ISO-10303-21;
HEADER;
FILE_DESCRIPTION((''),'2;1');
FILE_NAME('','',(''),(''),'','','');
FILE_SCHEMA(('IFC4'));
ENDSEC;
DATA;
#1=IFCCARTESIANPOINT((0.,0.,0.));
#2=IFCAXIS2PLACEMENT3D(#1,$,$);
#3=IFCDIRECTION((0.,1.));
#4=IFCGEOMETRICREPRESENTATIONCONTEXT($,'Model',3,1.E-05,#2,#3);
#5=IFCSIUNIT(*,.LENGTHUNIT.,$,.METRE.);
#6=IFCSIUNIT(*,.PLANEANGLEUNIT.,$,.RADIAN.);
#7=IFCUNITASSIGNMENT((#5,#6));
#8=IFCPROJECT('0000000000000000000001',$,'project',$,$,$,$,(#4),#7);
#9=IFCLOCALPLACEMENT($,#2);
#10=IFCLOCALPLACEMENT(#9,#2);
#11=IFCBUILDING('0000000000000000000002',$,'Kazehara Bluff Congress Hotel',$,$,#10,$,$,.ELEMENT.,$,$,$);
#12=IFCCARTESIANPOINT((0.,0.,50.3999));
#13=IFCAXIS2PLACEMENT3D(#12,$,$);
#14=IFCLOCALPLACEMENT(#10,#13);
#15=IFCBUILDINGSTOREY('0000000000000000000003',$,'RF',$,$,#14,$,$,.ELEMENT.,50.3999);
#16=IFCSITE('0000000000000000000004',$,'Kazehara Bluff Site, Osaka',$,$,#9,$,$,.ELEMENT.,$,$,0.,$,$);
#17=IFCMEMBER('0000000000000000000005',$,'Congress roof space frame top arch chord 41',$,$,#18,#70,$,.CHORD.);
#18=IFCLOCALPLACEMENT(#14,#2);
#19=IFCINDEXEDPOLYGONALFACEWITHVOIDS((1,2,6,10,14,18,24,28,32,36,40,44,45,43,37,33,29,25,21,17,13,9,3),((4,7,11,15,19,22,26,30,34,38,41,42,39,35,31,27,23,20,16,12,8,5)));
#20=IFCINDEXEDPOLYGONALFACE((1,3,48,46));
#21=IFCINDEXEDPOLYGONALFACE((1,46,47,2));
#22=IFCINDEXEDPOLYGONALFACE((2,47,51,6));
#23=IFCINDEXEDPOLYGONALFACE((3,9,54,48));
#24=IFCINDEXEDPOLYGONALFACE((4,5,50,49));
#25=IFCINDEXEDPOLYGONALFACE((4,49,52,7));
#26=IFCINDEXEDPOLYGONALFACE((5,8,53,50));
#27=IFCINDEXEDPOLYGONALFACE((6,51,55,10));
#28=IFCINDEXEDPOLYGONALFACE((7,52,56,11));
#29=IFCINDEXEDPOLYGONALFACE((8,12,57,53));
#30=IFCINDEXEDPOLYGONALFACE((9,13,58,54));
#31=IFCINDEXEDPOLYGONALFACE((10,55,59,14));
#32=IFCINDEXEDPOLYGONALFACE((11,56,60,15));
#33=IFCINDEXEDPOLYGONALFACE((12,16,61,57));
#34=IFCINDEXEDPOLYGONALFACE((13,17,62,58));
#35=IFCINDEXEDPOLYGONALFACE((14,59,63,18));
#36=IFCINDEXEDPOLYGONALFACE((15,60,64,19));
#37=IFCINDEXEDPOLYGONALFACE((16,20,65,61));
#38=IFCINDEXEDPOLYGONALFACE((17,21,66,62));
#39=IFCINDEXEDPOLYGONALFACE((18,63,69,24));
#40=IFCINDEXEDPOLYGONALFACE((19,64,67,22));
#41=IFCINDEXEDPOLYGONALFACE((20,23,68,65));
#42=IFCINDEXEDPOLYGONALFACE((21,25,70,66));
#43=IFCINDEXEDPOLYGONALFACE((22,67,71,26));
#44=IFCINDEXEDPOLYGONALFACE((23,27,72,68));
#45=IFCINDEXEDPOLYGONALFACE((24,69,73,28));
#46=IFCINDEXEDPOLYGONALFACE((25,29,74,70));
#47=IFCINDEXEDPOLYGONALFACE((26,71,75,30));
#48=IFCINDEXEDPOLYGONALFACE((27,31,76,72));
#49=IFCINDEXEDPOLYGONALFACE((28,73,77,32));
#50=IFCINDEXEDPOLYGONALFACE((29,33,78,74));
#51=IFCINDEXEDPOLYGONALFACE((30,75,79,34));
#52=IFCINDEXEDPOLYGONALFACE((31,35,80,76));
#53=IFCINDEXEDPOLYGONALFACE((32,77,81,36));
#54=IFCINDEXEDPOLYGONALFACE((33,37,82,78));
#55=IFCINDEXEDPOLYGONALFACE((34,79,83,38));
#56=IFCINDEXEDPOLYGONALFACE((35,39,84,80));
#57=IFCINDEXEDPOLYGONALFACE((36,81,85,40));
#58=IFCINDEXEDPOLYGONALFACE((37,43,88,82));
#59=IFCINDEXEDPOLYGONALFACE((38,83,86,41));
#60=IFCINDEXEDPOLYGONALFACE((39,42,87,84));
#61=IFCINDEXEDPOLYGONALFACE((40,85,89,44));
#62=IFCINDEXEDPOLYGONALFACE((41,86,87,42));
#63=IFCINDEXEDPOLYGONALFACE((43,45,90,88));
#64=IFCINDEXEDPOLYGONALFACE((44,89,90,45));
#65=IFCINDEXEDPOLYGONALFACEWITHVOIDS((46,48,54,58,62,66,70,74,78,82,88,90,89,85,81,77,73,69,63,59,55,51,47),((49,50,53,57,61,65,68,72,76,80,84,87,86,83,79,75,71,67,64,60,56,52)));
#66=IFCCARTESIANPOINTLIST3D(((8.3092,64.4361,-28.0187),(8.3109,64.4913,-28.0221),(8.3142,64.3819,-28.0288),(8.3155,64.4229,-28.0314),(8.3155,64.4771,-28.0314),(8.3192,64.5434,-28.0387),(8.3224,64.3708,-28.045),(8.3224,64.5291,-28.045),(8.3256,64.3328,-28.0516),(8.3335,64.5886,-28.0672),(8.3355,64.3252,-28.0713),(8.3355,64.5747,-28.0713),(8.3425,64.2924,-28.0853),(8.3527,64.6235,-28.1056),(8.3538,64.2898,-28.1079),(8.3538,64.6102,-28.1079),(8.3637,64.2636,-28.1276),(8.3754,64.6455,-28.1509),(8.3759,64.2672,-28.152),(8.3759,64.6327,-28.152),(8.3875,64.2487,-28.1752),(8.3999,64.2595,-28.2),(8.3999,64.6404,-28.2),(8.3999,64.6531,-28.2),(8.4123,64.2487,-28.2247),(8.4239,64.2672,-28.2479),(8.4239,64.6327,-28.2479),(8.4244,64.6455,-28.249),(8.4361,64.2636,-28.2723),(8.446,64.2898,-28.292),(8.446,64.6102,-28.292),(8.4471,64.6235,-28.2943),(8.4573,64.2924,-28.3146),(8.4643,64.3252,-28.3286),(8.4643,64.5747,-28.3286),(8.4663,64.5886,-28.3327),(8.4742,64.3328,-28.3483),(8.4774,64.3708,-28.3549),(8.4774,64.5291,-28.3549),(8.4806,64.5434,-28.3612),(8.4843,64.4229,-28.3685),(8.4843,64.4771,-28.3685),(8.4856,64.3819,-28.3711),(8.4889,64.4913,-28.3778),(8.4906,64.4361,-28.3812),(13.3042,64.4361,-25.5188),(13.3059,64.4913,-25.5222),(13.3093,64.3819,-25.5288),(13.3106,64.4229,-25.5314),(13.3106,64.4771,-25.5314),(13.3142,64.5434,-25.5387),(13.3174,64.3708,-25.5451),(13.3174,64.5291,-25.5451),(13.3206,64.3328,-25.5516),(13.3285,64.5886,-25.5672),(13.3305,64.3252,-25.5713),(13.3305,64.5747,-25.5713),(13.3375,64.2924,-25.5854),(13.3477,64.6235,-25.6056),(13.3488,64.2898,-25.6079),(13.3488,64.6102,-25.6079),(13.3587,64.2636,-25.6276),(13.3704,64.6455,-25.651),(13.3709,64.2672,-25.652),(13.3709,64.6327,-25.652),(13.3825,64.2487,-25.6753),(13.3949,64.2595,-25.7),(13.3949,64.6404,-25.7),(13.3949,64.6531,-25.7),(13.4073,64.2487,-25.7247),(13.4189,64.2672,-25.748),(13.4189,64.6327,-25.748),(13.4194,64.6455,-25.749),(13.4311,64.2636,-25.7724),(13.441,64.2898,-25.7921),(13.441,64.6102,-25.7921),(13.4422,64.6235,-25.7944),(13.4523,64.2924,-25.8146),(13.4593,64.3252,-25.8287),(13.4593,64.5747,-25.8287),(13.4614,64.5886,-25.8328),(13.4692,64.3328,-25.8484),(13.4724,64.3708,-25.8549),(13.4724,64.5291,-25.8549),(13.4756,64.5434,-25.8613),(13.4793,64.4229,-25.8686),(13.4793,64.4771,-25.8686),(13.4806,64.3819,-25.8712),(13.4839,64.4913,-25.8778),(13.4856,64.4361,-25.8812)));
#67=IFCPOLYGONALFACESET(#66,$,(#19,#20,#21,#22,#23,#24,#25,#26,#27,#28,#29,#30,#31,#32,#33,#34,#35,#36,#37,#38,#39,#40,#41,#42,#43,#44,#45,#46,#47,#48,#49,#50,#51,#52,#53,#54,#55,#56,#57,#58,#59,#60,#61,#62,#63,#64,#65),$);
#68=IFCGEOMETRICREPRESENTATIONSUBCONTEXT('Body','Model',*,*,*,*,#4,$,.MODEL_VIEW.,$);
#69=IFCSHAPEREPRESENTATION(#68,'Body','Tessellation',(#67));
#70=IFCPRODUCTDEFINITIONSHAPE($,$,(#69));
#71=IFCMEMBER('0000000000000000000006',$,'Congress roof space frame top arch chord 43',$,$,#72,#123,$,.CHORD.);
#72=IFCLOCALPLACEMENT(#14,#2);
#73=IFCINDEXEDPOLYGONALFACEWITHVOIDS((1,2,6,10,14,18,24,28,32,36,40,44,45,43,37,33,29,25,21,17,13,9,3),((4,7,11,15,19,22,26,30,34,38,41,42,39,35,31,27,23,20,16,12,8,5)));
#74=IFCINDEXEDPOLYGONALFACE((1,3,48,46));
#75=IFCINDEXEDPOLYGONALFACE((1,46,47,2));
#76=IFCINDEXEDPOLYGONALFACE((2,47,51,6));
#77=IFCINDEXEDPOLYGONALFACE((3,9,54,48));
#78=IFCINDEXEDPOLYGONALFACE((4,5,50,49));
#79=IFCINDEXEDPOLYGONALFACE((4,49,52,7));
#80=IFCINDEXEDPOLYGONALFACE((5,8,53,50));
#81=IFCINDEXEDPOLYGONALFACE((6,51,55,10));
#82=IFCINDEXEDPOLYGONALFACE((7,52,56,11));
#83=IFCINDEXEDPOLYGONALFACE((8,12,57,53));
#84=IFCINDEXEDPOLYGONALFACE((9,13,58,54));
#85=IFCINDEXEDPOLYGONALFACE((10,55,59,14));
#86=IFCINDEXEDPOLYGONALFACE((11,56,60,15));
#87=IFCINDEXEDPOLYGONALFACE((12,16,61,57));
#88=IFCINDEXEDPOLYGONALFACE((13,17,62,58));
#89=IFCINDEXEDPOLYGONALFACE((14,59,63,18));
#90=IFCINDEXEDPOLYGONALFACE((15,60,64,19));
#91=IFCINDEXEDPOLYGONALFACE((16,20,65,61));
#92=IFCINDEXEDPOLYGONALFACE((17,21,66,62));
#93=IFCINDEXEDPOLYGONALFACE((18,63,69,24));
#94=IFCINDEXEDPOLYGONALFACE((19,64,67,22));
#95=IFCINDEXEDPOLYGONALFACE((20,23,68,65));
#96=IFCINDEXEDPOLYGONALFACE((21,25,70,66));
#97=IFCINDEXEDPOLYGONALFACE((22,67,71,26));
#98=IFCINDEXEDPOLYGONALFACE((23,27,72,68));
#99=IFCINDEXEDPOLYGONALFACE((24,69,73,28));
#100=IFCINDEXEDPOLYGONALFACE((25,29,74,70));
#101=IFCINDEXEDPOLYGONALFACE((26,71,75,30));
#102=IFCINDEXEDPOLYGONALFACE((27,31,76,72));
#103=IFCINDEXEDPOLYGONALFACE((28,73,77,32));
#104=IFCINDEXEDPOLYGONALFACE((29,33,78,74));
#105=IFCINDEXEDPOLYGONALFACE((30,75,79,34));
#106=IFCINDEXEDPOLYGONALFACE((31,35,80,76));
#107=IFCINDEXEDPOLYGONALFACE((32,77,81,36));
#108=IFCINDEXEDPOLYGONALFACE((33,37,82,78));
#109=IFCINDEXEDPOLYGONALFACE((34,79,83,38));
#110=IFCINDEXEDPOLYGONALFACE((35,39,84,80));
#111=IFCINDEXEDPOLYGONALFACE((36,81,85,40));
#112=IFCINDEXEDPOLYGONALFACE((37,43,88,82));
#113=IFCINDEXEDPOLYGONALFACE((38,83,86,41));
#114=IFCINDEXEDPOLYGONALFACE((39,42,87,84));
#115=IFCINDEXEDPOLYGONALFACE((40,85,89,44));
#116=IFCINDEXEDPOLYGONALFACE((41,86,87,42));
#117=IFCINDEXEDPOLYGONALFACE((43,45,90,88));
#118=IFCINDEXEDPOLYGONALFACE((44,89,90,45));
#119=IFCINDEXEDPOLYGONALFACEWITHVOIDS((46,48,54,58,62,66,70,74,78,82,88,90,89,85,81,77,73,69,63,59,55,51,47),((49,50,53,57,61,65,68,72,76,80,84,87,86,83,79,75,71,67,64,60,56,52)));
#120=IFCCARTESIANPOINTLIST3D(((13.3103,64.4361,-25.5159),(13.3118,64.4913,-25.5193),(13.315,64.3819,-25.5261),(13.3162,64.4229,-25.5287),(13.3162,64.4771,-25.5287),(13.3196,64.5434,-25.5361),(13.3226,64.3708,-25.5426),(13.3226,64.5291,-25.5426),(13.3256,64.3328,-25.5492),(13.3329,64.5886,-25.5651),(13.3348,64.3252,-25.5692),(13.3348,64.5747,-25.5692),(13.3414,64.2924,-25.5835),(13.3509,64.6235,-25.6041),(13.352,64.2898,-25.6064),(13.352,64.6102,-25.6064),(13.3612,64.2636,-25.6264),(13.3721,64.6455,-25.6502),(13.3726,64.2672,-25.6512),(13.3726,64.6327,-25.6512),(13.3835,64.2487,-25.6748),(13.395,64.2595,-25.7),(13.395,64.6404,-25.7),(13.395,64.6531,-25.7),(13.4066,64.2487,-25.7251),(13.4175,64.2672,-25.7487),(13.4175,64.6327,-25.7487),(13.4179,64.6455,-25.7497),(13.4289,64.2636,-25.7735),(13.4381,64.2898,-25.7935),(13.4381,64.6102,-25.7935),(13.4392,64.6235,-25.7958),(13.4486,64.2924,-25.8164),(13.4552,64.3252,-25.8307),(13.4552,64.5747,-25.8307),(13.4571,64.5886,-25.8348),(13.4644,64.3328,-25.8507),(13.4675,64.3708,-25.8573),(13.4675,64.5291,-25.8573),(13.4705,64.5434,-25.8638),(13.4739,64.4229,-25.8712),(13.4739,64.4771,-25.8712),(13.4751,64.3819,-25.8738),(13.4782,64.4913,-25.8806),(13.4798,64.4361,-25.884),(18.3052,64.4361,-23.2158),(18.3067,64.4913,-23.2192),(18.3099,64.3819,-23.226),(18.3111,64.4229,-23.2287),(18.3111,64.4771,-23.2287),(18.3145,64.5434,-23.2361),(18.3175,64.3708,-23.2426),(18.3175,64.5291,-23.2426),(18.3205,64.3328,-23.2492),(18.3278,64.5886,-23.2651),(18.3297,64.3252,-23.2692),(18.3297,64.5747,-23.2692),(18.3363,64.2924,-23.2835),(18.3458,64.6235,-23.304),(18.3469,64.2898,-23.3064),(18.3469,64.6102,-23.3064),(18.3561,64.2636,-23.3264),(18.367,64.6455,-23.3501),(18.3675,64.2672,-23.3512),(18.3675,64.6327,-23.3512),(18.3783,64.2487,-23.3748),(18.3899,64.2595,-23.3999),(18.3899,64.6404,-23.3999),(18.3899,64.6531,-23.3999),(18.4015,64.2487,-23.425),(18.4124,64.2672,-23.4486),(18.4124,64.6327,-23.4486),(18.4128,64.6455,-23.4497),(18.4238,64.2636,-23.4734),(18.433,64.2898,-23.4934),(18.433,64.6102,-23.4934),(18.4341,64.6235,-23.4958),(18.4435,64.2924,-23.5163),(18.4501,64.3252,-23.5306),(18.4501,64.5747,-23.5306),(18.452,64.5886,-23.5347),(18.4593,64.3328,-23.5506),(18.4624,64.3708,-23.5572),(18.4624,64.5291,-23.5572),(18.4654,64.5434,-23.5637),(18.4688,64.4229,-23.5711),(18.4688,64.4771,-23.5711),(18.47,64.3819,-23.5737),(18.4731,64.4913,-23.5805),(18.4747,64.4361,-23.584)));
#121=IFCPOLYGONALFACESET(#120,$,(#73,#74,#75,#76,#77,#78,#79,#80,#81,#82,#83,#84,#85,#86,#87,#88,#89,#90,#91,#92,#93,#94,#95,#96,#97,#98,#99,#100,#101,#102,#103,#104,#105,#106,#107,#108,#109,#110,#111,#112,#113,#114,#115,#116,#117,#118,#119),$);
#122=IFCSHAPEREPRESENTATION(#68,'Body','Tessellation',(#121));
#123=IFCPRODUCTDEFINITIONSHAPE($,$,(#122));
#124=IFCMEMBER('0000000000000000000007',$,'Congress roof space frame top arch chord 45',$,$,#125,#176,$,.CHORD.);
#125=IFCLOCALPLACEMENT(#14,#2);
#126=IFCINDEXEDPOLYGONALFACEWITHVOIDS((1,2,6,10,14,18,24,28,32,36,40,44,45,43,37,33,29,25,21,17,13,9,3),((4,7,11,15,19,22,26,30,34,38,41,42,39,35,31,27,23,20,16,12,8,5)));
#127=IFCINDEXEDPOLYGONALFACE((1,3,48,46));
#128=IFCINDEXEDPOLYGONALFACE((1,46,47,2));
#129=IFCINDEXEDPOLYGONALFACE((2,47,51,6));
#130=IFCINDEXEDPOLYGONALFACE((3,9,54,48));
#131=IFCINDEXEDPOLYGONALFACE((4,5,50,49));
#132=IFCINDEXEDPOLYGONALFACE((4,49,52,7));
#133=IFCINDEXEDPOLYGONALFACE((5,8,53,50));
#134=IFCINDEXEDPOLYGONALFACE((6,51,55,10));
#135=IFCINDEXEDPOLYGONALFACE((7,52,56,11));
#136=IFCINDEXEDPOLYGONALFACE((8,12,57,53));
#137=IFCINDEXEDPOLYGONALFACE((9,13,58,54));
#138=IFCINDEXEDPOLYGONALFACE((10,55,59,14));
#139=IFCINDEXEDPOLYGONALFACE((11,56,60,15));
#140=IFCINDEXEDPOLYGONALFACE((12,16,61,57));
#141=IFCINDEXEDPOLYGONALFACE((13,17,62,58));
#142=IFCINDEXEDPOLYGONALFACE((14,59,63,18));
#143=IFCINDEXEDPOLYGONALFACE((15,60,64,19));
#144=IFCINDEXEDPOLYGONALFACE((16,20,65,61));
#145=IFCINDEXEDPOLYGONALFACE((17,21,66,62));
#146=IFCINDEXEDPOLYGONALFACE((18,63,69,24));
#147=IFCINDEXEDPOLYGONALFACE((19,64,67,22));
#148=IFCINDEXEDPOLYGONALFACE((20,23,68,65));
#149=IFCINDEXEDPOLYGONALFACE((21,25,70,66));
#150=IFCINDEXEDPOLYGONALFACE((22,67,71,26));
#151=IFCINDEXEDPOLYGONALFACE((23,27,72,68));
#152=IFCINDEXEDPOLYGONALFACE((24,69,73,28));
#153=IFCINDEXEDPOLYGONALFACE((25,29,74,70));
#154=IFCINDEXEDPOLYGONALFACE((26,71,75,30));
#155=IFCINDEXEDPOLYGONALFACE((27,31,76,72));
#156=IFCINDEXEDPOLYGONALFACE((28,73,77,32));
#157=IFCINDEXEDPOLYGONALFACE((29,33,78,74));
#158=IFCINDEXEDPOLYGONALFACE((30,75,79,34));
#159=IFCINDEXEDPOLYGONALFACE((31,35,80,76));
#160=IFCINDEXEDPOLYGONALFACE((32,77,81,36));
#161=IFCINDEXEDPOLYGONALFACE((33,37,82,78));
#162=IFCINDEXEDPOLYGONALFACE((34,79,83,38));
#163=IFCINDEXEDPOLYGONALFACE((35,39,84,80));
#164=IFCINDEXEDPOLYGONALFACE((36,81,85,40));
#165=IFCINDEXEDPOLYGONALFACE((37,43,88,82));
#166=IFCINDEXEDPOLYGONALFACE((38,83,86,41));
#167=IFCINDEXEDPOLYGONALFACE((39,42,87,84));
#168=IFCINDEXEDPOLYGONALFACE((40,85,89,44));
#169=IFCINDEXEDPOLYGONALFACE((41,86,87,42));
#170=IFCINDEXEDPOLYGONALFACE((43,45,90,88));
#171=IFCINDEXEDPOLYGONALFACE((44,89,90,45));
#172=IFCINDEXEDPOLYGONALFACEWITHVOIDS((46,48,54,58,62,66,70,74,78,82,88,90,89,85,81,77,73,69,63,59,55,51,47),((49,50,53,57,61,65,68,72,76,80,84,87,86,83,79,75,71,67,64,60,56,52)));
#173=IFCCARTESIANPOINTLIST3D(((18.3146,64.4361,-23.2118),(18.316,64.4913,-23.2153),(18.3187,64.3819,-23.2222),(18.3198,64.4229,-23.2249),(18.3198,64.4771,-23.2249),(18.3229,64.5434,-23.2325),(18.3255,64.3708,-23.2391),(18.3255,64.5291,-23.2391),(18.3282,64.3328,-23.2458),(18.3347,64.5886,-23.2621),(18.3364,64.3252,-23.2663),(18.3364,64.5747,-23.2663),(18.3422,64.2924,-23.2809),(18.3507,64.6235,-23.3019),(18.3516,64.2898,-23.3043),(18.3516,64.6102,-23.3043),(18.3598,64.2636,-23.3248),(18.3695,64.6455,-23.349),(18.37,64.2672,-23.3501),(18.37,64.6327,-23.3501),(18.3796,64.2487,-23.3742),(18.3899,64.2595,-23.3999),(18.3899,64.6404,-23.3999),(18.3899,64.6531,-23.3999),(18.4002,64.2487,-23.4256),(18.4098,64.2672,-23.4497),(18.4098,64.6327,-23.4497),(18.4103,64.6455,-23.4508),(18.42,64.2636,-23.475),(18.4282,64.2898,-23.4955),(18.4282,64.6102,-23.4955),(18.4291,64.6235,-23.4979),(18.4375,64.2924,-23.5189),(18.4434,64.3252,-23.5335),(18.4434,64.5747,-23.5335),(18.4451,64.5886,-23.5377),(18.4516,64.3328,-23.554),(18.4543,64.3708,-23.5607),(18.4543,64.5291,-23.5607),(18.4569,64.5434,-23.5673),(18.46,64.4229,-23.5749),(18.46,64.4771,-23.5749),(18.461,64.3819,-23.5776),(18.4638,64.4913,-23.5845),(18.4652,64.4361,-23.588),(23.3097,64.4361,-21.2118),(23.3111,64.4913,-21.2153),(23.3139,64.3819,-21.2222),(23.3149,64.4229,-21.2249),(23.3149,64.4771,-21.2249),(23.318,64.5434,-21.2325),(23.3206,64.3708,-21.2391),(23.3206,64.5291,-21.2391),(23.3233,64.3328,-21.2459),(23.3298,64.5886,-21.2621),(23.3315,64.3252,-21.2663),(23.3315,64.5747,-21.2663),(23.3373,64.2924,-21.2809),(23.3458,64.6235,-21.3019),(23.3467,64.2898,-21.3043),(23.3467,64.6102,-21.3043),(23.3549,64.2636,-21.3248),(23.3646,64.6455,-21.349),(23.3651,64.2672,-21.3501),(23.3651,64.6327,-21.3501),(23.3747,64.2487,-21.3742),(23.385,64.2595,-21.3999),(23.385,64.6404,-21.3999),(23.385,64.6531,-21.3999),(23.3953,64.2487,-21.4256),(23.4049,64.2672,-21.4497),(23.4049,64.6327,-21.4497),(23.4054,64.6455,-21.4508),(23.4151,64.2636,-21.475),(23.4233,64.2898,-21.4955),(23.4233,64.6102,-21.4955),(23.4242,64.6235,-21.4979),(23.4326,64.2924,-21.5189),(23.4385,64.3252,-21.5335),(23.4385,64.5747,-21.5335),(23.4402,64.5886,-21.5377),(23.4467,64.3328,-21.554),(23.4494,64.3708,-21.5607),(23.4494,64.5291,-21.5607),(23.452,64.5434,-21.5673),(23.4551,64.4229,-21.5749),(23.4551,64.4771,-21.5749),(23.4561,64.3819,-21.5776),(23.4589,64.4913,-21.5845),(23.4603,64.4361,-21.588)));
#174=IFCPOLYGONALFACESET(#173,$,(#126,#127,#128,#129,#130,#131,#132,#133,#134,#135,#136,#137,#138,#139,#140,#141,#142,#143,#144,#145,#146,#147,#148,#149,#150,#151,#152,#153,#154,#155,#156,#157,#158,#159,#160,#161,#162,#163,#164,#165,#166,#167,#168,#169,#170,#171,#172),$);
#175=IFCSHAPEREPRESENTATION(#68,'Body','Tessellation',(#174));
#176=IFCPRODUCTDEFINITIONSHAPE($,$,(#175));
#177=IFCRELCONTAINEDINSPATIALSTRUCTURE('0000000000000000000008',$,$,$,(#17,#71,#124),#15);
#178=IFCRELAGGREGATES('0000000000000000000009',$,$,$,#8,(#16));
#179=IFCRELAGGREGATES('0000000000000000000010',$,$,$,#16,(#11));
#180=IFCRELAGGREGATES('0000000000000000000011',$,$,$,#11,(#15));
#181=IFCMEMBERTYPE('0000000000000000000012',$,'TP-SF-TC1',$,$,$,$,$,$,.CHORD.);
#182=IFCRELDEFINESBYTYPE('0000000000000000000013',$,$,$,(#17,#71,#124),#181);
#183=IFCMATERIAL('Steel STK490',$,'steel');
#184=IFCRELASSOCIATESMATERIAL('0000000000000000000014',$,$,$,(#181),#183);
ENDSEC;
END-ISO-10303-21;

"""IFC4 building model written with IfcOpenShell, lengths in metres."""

from ifc_helpers import new_model, si_unit, direction, frame, origin, origin_2d, place, context, subcontext, project, spatial, hollow_circle, extrude, material, material_profile, profile_set, type_object, element, save


model = new_model("IFC4")

# Units and contexts
model_context = context("Model", 3, precision=1e-05, world=origin(), true_north=direction((0.0, 1.0)))
body_context = subcontext(model_context, "Body", "Model", "MODEL_VIEW")
ifc_project = project(units=[si_unit("LENGTHUNIT", "METRE"), si_unit("PLANEANGLEUNIT", "RADIAN")], contexts=[model_context])

# Site, building, storey
site_placement = place(None, origin())
site = spatial("IfcSite", under=ifc_project, at=site_placement, Name="Kazehara Bluff Site, Osaka", CompositionType="ELEMENT", RefElevation=0.0)
building_placement = place(site_placement, origin())
building = spatial("IfcBuilding", under=site, at=building_placement, Name="Kazehara Bluff Congress Hotel", CompositionType="ELEMENT")
storey_placement = place(building_placement, frame((0.0, 0.0, 50.3999)))
storey = spatial("IfcBuildingStorey", under=building, at=storey_placement, Name="RF", CompositionType="ELEMENT", Elevation=50.3999)

# Members
ifc_material_1 = material(Name="Steel STK490", Category="steel")
ifc_material_profile_1 = material_profile(ifc_material_1, hollow_circle(Radius=0.2031, WallThickness=0.0127, at=origin_2d()))
ifc_profile_set_1 = profile_set([ifc_material_profile_1], Name="Steel STK490")
member_type_1 = type_object("IfcMemberType", Name="TP-SF-TC1", PredefinedType="CHORD", material=ifc_profile_set_1)
member_1_placement = place(storey_placement, frame((8.3999, 64.45, -28.2), z_axis=(0.894252, 0.0, 0.447563), x_axis=(0.0, 1.0, 0.0)))
element("IfcMember", 1, at=member_1_placement, inside=storey, type_object=member_type_1, Name="Congress roof space frame top arch chord 41", PredefinedType="CHORD", context=body_context, shape_type="SweptSolid", body=[
    extrude(hollow_circle(Radius=0.2031, WallThickness=0.0127, at=origin_2d()), origin(), (0.0, 0.0, 1.0), 5.5857),
])
member_2_placement = place(storey_placement, frame((13.395, 64.45, -25.7), z_axis=(0.908324, 0.0, 0.418267), x_axis=(0.0, 1.0, 0.0)))
element("IfcMember", 2, at=member_2_placement, inside=storey, type_object=member_type_1, Name="Congress roof space frame top arch chord 43", PredefinedType="CHORD", context=body_context, shape_type="SweptSolid", body=[
    extrude(hollow_circle(Radius=0.2031, WallThickness=0.0127, at=origin_2d()), origin(), (0.0, 0.0, 1.0), 5.499),
])
member_3_placement = place(storey_placement, frame((18.3899, 64.45, -23.3999), z_axis=(0.928351, 0.0, 0.371704), x_axis=(0.0, 1.0, 0.0)))
element("IfcMember", 3, at=member_3_placement, inside=storey, type_object=member_type_1, Name="Congress roof space frame top arch chord 45", PredefinedType="CHORD", context=body_context, shape_type="SweptSolid", body=[
    extrude(hollow_circle(Radius=0.2031, WallThickness=0.0127, at=origin_2d()), origin(), (0.0, 0.0, 1.0), 5.3806),
])

save(model, "model.ifc")
